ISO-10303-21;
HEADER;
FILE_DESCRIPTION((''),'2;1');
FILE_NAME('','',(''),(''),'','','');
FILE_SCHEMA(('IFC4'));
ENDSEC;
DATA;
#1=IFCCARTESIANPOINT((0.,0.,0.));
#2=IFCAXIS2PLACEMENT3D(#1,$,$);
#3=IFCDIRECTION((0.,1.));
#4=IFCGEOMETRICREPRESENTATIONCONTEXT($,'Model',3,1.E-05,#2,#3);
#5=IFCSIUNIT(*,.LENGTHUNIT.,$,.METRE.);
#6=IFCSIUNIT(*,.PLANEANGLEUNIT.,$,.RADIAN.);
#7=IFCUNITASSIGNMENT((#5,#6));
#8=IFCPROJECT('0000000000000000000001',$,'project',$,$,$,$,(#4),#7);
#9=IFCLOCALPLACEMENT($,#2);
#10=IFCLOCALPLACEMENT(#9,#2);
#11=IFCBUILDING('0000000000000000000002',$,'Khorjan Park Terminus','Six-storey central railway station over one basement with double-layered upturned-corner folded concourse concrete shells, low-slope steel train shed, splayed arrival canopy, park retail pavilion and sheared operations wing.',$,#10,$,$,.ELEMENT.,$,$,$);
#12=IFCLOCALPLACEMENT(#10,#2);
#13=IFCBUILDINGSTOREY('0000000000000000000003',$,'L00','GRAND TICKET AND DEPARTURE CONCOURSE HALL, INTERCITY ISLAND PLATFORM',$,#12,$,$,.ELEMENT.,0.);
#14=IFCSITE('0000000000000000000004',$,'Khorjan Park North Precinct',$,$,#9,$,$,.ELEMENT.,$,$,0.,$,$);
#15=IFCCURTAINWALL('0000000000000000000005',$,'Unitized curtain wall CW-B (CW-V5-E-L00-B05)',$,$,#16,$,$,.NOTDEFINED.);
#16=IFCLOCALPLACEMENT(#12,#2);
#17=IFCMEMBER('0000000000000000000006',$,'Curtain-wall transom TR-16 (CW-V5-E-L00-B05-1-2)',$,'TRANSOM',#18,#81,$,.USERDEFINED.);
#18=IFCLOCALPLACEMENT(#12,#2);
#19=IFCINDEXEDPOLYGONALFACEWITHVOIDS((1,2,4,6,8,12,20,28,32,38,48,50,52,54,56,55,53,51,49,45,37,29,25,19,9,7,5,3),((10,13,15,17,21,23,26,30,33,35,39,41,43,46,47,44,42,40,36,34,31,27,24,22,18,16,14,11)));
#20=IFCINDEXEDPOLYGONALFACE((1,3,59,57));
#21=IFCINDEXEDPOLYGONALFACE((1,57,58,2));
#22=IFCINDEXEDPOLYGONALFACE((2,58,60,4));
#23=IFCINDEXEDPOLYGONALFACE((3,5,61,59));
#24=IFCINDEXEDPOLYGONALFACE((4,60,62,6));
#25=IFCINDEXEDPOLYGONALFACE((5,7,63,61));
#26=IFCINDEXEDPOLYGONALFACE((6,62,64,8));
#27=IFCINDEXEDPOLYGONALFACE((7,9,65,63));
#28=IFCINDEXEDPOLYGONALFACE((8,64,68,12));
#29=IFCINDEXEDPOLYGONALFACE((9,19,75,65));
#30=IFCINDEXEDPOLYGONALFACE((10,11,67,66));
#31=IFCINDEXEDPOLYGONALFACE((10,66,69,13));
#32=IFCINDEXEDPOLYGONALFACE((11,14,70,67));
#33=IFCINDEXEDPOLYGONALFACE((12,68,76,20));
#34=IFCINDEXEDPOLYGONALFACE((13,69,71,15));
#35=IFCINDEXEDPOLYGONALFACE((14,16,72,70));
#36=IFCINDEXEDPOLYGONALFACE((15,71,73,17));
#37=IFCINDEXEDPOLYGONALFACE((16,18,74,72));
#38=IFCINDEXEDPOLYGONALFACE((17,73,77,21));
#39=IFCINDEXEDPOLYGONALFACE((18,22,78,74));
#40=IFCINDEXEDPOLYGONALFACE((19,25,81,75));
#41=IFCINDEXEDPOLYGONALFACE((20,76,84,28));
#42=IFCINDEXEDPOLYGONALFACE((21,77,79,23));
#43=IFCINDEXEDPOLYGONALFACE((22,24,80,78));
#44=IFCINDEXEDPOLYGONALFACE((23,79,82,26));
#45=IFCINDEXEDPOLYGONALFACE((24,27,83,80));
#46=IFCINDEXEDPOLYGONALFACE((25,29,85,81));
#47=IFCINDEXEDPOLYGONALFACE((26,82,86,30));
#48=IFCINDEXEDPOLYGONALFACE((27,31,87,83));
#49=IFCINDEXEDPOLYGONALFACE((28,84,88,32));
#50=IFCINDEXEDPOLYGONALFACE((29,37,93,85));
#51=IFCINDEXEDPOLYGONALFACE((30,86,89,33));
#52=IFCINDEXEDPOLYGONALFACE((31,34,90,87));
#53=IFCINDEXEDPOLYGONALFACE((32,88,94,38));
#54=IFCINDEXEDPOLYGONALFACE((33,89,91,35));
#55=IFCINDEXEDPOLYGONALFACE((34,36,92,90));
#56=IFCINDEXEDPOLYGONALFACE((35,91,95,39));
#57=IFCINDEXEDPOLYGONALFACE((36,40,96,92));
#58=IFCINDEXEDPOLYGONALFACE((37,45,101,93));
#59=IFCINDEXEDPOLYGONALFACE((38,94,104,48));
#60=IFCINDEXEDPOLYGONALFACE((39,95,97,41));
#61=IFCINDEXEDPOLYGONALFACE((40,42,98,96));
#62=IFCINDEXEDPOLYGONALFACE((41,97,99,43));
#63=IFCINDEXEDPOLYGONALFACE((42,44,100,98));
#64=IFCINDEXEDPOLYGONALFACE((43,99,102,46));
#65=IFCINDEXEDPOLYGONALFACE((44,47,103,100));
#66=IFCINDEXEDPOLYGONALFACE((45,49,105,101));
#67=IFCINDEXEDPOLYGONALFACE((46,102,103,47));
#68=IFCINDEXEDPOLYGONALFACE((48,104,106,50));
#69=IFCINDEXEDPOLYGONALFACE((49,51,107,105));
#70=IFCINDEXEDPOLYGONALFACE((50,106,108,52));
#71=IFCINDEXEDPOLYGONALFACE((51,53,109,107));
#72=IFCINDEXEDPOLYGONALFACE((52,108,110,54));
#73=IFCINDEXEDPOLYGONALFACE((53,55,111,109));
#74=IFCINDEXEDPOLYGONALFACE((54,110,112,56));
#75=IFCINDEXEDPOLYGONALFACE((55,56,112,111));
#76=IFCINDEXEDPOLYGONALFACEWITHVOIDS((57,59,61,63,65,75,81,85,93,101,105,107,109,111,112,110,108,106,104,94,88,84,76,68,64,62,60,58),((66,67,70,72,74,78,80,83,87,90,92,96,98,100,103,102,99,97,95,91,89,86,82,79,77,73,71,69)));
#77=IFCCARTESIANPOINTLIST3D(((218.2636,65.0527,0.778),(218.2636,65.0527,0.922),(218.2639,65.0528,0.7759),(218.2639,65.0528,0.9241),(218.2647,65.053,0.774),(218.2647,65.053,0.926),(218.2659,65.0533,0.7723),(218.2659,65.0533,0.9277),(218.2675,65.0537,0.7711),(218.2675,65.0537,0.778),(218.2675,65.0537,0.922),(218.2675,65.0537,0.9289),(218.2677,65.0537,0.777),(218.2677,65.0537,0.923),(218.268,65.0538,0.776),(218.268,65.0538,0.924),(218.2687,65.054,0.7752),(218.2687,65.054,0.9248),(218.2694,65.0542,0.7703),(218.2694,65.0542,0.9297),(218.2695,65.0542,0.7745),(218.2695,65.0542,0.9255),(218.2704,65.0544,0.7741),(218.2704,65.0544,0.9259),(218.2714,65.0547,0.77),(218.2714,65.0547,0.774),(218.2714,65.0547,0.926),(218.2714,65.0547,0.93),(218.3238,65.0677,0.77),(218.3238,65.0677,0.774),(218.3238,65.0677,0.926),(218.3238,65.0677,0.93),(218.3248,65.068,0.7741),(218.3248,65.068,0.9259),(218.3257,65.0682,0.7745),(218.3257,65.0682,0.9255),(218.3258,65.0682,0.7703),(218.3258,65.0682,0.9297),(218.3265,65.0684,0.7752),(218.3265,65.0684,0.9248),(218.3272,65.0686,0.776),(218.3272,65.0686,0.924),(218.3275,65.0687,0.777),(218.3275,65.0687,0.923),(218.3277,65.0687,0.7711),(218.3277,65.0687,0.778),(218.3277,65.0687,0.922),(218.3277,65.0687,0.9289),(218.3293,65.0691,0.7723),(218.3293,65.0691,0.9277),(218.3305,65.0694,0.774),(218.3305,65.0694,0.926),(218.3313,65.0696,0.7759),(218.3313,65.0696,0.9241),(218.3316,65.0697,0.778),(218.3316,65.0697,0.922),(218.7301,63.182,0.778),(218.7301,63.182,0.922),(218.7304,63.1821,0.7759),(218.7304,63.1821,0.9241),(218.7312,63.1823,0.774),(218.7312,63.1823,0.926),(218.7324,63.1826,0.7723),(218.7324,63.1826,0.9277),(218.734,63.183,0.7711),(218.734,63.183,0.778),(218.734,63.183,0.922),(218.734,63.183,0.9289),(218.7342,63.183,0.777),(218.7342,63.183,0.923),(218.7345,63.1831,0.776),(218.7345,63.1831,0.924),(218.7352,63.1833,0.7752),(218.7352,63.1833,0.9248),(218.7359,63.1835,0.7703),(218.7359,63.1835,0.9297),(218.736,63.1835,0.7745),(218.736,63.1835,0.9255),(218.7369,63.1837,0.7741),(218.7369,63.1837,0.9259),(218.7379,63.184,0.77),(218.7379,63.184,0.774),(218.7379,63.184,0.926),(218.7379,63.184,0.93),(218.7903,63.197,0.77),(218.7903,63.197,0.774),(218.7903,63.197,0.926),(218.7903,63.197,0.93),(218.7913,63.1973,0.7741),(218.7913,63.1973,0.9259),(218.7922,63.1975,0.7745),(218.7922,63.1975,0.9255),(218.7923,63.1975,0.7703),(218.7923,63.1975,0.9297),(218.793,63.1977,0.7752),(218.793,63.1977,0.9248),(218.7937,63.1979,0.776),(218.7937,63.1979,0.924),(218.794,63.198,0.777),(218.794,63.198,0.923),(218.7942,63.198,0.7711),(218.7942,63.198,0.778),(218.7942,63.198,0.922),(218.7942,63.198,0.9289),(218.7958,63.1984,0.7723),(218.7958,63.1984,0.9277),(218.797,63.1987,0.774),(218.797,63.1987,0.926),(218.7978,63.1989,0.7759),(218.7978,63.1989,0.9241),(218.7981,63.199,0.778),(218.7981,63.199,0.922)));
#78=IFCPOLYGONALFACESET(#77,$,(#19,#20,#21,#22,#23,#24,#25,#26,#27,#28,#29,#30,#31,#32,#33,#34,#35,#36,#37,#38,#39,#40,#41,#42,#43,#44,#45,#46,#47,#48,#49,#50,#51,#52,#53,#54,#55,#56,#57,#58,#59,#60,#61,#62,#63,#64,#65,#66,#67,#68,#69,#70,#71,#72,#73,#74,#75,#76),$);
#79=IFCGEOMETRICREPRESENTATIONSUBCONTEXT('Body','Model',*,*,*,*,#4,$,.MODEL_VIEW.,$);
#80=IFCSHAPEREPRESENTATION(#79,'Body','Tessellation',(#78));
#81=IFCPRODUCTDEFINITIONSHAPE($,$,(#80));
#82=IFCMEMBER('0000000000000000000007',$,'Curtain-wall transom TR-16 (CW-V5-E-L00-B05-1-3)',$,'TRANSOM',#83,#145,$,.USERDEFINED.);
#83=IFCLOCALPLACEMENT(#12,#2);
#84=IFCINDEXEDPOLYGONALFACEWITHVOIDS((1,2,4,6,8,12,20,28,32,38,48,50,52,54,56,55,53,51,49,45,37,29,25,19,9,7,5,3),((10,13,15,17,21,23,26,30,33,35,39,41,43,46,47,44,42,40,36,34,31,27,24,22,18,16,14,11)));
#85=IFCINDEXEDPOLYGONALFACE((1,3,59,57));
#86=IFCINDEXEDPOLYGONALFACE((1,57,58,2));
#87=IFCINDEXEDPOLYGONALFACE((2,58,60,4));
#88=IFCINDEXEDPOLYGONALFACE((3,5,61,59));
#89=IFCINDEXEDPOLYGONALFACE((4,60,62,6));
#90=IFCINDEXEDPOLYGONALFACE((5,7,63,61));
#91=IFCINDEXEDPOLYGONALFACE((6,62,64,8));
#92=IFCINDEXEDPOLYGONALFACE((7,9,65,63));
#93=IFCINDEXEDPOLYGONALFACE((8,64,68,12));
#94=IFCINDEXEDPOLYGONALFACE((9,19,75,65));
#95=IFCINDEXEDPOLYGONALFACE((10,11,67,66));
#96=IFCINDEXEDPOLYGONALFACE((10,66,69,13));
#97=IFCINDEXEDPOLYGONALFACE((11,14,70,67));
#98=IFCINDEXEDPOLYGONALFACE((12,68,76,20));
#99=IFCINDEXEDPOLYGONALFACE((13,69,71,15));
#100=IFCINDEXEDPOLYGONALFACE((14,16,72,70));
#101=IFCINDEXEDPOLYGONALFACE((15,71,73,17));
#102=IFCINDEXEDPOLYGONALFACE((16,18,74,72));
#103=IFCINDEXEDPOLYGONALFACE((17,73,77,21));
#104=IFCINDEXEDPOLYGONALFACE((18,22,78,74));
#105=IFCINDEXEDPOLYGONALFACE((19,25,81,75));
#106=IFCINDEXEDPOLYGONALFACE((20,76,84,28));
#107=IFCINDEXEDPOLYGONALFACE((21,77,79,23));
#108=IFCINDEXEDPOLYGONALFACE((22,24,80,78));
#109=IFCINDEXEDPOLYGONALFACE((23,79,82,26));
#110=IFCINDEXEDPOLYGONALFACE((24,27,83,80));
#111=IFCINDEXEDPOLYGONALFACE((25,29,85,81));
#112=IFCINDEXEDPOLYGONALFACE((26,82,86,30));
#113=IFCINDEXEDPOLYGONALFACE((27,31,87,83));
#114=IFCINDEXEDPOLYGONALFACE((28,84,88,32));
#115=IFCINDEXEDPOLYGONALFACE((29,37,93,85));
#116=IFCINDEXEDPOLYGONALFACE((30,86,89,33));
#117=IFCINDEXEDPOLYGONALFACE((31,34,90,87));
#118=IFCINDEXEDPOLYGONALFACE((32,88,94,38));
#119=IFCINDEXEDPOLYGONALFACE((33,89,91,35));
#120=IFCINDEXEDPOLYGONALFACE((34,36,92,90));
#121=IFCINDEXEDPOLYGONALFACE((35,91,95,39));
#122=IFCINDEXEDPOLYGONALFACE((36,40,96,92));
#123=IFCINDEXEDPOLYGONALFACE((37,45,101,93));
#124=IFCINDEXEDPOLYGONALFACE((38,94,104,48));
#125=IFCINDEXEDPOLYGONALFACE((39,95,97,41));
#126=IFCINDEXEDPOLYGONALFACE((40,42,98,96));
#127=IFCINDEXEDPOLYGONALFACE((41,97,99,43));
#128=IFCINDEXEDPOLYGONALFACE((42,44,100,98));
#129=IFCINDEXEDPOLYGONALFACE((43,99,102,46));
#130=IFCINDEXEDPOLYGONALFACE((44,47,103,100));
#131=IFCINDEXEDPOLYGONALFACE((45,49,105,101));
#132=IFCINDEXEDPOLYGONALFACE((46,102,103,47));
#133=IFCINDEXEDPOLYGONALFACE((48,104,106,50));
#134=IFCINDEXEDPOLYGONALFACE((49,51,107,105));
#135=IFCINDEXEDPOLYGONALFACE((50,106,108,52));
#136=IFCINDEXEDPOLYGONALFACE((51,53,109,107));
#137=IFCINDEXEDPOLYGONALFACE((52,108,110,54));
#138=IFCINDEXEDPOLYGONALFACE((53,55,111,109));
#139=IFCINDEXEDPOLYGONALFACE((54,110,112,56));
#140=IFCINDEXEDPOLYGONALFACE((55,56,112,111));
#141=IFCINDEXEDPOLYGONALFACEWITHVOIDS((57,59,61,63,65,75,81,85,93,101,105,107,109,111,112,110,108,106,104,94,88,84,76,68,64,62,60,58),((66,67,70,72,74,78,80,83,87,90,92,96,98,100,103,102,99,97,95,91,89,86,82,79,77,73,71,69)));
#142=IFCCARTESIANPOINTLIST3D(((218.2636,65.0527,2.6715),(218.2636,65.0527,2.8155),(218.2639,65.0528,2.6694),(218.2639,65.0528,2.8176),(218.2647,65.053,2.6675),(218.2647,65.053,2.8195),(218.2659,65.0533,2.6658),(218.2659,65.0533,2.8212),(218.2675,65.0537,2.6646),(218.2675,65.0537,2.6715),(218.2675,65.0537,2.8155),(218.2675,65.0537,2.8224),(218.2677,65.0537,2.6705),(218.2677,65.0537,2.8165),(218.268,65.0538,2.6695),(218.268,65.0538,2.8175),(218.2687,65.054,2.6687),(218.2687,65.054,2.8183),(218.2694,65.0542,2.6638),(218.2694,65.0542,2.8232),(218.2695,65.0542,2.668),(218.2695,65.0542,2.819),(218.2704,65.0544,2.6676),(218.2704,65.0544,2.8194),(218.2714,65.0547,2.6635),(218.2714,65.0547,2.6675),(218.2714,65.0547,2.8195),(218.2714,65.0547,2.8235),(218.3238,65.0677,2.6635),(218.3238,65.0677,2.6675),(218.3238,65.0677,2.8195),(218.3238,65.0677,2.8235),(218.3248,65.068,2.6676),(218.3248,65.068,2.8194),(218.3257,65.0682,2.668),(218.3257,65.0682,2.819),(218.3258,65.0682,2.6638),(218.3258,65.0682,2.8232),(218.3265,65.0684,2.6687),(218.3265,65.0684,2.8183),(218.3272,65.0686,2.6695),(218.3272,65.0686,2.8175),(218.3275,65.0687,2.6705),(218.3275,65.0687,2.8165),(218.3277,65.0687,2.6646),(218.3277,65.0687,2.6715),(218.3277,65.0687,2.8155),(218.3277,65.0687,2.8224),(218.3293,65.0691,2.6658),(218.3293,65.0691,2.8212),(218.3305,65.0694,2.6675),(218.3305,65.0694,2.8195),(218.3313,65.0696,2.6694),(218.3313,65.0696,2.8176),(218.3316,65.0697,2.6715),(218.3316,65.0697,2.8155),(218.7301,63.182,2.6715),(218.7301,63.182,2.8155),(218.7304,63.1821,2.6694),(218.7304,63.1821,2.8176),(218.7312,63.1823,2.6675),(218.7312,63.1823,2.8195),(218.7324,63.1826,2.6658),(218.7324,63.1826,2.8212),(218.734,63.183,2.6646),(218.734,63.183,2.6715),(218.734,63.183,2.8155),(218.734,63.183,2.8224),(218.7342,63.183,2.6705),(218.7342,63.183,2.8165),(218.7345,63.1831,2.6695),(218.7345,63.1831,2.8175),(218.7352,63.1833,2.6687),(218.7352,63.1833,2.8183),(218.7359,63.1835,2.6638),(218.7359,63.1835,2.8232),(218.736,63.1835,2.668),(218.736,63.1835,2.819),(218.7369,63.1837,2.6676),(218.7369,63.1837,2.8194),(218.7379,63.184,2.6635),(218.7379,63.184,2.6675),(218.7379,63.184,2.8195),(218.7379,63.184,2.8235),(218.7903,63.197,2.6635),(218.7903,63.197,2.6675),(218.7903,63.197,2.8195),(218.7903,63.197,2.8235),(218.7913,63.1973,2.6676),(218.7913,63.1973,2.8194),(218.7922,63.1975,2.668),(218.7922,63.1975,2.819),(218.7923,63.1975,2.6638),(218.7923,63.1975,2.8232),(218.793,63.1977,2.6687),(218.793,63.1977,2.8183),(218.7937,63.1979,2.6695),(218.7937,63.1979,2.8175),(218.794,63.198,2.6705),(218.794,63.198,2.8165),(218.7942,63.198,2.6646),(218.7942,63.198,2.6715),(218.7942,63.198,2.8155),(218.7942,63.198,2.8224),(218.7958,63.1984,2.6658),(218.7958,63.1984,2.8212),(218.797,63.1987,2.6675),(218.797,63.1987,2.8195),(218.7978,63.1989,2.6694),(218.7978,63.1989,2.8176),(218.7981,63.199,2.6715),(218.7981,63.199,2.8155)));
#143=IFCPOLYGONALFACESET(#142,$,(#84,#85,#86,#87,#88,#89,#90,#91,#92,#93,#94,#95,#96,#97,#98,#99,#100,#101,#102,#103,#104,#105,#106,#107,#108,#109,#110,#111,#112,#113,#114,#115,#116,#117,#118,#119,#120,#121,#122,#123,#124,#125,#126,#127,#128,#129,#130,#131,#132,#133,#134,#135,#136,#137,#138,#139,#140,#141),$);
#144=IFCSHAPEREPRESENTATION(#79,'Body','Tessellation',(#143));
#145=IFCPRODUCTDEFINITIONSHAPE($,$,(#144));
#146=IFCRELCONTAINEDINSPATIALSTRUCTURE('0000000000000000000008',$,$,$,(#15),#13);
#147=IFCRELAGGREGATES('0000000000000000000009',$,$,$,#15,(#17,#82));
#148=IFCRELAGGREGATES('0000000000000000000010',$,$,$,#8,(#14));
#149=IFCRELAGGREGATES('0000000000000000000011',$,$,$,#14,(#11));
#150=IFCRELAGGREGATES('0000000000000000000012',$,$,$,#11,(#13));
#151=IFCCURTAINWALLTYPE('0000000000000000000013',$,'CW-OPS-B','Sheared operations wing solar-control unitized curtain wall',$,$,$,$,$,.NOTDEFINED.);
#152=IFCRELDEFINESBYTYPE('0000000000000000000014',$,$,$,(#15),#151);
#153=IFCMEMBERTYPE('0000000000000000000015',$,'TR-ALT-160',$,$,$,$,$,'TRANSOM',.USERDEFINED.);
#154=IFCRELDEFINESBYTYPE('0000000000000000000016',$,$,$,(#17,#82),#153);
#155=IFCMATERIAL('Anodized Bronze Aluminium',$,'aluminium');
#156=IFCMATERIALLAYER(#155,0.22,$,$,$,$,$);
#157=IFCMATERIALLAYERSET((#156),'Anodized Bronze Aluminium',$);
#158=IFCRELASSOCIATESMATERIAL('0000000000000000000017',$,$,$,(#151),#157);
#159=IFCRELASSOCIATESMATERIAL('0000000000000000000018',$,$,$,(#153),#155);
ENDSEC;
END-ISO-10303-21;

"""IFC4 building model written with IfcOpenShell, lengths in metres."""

from ifc_helpers import new_model, si_unit, direction, frame, origin, origin_2d, place, context, subcontext, project, spatial, hollow_rectangle, extrude, material, layer, layer_set, material_profile, profile_set, type_object, element, aggregate, save


model = new_model("IFC4")

# Units and contexts
model_context = context("Model", 3, precision=1e-05, world=origin(), true_north=direction((0.0, 1.0)))
body_context = subcontext(model_context, "Body", "Model", "MODEL_VIEW")
ifc_project = project(units=[si_unit("LENGTHUNIT", "METRE"), si_unit("PLANEANGLEUNIT", "RADIAN")], contexts=[model_context])

# Site, building, storey
site_placement = place(None, origin())
site = spatial("IfcSite", under=ifc_project, at=site_placement, Name="Khorjan Park North Precinct", CompositionType="ELEMENT", RefElevation=0.0)
building_placement = place(site_placement, origin())
building = spatial("IfcBuilding", under=site, at=building_placement, Name="Khorjan Park Terminus", Description="Six-storey central railway station over one basement with double-layered upturned-corner folded concourse concrete shells, low-slope steel train shed, splayed arrival canopy, park retail pavilion and sheared operations wing.", CompositionType="ELEMENT")
storey_placement = place(building_placement, origin())
storey = spatial("IfcBuildingStorey", under=building, at=storey_placement, Name="L00", Description="GRAND TICKET AND DEPARTURE CONCOURSE HALL, INTERCITY ISLAND PLATFORM", CompositionType="ELEMENT", Elevation=0.0)

# Curtain wall, members
ifc_material_1 = material(Name="Anodized Bronze Aluminium", Category="aluminium")
ifc_layer_1 = layer(ifc_material_1, 0.22)
ifc_layer_set_1 = layer_set([ifc_layer_1], Name="Anodized Bronze Aluminium")
curtain_wall_type = type_object("IfcCurtainWallType", Name="CW-OPS-B", Description="Sheared operations wing solar-control unitized curtain wall", PredefinedType="NOTDEFINED", material=ifc_layer_set_1)
curtain_wall_placement = place(storey_placement, origin())
curtain_wall = element("IfcCurtainWall", 1, at=curtain_wall_placement, inside=storey, type_object=curtain_wall_type, Name="Unitized curtain wall CW-B (CW-V5-E-L00-B05)", PredefinedType="NOTDEFINED")
ifc_material_profile_1 = material_profile(ifc_material_1, hollow_rectangle(XDim=0.07, YDim=0.16, WallThickness=0.004, InnerFilletRadius=0.004, OuterFilletRadius=0.008, at=origin_2d()), Name="ALT 70x160x4")
ifc_profile_set_1 = profile_set([ifc_material_profile_1], Name="Anodized Bronze Aluminium")
member_type_1 = type_object("IfcMemberType", Name="TR-ALT-160", ElementType="TRANSOM", PredefinedType="USERDEFINED", material=ifc_profile_set_1)
member_1_placement = place(storey_placement, frame((218.7641, 63.1905, 0.85), z_axis=(-0.241962, 0.970286, 0.0), x_axis=(-0.970286, -0.241962, 0.0)))
member_1 = element("IfcMember", 2, at=member_1_placement, type_object=member_type_1, Name="Curtain-wall transom TR-16 (CW-V5-E-L00-B05-1-2)", ObjectType="TRANSOM", PredefinedType="USERDEFINED", context=body_context, shape_type="SweptSolid", body=[
    extrude(hollow_rectangle(XDim=0.07, YDim=0.16, WallThickness=0.004, InnerFilletRadius=0.004, OuterFilletRadius=0.008, at=origin_2d()), origin(), (0.0, 0.0, 1.0), 1.928),
])
member_2_placement = place(storey_placement, frame((218.7641, 63.1905, 2.7435), z_axis=(-0.241962, 0.970286, 0.0), x_axis=(-0.970286, -0.241962, 0.0)))
member_2 = element("IfcMember", 3, at=member_2_placement, type_object=member_type_1, Name="Curtain-wall transom TR-16 (CW-V5-E-L00-B05-1-3)", ObjectType="TRANSOM", PredefinedType="USERDEFINED", context=body_context, shape_type="SweptSolid", body=[
    extrude(hollow_rectangle(XDim=0.07, YDim=0.16, WallThickness=0.004, InnerFilletRadius=0.004, OuterFilletRadius=0.008, at=origin_2d()), origin(), (0.0, 0.0, 1.0), 1.928),
])
aggregate(curtain_wall, [member_1, member_2])

save(model, "model.ifc")
